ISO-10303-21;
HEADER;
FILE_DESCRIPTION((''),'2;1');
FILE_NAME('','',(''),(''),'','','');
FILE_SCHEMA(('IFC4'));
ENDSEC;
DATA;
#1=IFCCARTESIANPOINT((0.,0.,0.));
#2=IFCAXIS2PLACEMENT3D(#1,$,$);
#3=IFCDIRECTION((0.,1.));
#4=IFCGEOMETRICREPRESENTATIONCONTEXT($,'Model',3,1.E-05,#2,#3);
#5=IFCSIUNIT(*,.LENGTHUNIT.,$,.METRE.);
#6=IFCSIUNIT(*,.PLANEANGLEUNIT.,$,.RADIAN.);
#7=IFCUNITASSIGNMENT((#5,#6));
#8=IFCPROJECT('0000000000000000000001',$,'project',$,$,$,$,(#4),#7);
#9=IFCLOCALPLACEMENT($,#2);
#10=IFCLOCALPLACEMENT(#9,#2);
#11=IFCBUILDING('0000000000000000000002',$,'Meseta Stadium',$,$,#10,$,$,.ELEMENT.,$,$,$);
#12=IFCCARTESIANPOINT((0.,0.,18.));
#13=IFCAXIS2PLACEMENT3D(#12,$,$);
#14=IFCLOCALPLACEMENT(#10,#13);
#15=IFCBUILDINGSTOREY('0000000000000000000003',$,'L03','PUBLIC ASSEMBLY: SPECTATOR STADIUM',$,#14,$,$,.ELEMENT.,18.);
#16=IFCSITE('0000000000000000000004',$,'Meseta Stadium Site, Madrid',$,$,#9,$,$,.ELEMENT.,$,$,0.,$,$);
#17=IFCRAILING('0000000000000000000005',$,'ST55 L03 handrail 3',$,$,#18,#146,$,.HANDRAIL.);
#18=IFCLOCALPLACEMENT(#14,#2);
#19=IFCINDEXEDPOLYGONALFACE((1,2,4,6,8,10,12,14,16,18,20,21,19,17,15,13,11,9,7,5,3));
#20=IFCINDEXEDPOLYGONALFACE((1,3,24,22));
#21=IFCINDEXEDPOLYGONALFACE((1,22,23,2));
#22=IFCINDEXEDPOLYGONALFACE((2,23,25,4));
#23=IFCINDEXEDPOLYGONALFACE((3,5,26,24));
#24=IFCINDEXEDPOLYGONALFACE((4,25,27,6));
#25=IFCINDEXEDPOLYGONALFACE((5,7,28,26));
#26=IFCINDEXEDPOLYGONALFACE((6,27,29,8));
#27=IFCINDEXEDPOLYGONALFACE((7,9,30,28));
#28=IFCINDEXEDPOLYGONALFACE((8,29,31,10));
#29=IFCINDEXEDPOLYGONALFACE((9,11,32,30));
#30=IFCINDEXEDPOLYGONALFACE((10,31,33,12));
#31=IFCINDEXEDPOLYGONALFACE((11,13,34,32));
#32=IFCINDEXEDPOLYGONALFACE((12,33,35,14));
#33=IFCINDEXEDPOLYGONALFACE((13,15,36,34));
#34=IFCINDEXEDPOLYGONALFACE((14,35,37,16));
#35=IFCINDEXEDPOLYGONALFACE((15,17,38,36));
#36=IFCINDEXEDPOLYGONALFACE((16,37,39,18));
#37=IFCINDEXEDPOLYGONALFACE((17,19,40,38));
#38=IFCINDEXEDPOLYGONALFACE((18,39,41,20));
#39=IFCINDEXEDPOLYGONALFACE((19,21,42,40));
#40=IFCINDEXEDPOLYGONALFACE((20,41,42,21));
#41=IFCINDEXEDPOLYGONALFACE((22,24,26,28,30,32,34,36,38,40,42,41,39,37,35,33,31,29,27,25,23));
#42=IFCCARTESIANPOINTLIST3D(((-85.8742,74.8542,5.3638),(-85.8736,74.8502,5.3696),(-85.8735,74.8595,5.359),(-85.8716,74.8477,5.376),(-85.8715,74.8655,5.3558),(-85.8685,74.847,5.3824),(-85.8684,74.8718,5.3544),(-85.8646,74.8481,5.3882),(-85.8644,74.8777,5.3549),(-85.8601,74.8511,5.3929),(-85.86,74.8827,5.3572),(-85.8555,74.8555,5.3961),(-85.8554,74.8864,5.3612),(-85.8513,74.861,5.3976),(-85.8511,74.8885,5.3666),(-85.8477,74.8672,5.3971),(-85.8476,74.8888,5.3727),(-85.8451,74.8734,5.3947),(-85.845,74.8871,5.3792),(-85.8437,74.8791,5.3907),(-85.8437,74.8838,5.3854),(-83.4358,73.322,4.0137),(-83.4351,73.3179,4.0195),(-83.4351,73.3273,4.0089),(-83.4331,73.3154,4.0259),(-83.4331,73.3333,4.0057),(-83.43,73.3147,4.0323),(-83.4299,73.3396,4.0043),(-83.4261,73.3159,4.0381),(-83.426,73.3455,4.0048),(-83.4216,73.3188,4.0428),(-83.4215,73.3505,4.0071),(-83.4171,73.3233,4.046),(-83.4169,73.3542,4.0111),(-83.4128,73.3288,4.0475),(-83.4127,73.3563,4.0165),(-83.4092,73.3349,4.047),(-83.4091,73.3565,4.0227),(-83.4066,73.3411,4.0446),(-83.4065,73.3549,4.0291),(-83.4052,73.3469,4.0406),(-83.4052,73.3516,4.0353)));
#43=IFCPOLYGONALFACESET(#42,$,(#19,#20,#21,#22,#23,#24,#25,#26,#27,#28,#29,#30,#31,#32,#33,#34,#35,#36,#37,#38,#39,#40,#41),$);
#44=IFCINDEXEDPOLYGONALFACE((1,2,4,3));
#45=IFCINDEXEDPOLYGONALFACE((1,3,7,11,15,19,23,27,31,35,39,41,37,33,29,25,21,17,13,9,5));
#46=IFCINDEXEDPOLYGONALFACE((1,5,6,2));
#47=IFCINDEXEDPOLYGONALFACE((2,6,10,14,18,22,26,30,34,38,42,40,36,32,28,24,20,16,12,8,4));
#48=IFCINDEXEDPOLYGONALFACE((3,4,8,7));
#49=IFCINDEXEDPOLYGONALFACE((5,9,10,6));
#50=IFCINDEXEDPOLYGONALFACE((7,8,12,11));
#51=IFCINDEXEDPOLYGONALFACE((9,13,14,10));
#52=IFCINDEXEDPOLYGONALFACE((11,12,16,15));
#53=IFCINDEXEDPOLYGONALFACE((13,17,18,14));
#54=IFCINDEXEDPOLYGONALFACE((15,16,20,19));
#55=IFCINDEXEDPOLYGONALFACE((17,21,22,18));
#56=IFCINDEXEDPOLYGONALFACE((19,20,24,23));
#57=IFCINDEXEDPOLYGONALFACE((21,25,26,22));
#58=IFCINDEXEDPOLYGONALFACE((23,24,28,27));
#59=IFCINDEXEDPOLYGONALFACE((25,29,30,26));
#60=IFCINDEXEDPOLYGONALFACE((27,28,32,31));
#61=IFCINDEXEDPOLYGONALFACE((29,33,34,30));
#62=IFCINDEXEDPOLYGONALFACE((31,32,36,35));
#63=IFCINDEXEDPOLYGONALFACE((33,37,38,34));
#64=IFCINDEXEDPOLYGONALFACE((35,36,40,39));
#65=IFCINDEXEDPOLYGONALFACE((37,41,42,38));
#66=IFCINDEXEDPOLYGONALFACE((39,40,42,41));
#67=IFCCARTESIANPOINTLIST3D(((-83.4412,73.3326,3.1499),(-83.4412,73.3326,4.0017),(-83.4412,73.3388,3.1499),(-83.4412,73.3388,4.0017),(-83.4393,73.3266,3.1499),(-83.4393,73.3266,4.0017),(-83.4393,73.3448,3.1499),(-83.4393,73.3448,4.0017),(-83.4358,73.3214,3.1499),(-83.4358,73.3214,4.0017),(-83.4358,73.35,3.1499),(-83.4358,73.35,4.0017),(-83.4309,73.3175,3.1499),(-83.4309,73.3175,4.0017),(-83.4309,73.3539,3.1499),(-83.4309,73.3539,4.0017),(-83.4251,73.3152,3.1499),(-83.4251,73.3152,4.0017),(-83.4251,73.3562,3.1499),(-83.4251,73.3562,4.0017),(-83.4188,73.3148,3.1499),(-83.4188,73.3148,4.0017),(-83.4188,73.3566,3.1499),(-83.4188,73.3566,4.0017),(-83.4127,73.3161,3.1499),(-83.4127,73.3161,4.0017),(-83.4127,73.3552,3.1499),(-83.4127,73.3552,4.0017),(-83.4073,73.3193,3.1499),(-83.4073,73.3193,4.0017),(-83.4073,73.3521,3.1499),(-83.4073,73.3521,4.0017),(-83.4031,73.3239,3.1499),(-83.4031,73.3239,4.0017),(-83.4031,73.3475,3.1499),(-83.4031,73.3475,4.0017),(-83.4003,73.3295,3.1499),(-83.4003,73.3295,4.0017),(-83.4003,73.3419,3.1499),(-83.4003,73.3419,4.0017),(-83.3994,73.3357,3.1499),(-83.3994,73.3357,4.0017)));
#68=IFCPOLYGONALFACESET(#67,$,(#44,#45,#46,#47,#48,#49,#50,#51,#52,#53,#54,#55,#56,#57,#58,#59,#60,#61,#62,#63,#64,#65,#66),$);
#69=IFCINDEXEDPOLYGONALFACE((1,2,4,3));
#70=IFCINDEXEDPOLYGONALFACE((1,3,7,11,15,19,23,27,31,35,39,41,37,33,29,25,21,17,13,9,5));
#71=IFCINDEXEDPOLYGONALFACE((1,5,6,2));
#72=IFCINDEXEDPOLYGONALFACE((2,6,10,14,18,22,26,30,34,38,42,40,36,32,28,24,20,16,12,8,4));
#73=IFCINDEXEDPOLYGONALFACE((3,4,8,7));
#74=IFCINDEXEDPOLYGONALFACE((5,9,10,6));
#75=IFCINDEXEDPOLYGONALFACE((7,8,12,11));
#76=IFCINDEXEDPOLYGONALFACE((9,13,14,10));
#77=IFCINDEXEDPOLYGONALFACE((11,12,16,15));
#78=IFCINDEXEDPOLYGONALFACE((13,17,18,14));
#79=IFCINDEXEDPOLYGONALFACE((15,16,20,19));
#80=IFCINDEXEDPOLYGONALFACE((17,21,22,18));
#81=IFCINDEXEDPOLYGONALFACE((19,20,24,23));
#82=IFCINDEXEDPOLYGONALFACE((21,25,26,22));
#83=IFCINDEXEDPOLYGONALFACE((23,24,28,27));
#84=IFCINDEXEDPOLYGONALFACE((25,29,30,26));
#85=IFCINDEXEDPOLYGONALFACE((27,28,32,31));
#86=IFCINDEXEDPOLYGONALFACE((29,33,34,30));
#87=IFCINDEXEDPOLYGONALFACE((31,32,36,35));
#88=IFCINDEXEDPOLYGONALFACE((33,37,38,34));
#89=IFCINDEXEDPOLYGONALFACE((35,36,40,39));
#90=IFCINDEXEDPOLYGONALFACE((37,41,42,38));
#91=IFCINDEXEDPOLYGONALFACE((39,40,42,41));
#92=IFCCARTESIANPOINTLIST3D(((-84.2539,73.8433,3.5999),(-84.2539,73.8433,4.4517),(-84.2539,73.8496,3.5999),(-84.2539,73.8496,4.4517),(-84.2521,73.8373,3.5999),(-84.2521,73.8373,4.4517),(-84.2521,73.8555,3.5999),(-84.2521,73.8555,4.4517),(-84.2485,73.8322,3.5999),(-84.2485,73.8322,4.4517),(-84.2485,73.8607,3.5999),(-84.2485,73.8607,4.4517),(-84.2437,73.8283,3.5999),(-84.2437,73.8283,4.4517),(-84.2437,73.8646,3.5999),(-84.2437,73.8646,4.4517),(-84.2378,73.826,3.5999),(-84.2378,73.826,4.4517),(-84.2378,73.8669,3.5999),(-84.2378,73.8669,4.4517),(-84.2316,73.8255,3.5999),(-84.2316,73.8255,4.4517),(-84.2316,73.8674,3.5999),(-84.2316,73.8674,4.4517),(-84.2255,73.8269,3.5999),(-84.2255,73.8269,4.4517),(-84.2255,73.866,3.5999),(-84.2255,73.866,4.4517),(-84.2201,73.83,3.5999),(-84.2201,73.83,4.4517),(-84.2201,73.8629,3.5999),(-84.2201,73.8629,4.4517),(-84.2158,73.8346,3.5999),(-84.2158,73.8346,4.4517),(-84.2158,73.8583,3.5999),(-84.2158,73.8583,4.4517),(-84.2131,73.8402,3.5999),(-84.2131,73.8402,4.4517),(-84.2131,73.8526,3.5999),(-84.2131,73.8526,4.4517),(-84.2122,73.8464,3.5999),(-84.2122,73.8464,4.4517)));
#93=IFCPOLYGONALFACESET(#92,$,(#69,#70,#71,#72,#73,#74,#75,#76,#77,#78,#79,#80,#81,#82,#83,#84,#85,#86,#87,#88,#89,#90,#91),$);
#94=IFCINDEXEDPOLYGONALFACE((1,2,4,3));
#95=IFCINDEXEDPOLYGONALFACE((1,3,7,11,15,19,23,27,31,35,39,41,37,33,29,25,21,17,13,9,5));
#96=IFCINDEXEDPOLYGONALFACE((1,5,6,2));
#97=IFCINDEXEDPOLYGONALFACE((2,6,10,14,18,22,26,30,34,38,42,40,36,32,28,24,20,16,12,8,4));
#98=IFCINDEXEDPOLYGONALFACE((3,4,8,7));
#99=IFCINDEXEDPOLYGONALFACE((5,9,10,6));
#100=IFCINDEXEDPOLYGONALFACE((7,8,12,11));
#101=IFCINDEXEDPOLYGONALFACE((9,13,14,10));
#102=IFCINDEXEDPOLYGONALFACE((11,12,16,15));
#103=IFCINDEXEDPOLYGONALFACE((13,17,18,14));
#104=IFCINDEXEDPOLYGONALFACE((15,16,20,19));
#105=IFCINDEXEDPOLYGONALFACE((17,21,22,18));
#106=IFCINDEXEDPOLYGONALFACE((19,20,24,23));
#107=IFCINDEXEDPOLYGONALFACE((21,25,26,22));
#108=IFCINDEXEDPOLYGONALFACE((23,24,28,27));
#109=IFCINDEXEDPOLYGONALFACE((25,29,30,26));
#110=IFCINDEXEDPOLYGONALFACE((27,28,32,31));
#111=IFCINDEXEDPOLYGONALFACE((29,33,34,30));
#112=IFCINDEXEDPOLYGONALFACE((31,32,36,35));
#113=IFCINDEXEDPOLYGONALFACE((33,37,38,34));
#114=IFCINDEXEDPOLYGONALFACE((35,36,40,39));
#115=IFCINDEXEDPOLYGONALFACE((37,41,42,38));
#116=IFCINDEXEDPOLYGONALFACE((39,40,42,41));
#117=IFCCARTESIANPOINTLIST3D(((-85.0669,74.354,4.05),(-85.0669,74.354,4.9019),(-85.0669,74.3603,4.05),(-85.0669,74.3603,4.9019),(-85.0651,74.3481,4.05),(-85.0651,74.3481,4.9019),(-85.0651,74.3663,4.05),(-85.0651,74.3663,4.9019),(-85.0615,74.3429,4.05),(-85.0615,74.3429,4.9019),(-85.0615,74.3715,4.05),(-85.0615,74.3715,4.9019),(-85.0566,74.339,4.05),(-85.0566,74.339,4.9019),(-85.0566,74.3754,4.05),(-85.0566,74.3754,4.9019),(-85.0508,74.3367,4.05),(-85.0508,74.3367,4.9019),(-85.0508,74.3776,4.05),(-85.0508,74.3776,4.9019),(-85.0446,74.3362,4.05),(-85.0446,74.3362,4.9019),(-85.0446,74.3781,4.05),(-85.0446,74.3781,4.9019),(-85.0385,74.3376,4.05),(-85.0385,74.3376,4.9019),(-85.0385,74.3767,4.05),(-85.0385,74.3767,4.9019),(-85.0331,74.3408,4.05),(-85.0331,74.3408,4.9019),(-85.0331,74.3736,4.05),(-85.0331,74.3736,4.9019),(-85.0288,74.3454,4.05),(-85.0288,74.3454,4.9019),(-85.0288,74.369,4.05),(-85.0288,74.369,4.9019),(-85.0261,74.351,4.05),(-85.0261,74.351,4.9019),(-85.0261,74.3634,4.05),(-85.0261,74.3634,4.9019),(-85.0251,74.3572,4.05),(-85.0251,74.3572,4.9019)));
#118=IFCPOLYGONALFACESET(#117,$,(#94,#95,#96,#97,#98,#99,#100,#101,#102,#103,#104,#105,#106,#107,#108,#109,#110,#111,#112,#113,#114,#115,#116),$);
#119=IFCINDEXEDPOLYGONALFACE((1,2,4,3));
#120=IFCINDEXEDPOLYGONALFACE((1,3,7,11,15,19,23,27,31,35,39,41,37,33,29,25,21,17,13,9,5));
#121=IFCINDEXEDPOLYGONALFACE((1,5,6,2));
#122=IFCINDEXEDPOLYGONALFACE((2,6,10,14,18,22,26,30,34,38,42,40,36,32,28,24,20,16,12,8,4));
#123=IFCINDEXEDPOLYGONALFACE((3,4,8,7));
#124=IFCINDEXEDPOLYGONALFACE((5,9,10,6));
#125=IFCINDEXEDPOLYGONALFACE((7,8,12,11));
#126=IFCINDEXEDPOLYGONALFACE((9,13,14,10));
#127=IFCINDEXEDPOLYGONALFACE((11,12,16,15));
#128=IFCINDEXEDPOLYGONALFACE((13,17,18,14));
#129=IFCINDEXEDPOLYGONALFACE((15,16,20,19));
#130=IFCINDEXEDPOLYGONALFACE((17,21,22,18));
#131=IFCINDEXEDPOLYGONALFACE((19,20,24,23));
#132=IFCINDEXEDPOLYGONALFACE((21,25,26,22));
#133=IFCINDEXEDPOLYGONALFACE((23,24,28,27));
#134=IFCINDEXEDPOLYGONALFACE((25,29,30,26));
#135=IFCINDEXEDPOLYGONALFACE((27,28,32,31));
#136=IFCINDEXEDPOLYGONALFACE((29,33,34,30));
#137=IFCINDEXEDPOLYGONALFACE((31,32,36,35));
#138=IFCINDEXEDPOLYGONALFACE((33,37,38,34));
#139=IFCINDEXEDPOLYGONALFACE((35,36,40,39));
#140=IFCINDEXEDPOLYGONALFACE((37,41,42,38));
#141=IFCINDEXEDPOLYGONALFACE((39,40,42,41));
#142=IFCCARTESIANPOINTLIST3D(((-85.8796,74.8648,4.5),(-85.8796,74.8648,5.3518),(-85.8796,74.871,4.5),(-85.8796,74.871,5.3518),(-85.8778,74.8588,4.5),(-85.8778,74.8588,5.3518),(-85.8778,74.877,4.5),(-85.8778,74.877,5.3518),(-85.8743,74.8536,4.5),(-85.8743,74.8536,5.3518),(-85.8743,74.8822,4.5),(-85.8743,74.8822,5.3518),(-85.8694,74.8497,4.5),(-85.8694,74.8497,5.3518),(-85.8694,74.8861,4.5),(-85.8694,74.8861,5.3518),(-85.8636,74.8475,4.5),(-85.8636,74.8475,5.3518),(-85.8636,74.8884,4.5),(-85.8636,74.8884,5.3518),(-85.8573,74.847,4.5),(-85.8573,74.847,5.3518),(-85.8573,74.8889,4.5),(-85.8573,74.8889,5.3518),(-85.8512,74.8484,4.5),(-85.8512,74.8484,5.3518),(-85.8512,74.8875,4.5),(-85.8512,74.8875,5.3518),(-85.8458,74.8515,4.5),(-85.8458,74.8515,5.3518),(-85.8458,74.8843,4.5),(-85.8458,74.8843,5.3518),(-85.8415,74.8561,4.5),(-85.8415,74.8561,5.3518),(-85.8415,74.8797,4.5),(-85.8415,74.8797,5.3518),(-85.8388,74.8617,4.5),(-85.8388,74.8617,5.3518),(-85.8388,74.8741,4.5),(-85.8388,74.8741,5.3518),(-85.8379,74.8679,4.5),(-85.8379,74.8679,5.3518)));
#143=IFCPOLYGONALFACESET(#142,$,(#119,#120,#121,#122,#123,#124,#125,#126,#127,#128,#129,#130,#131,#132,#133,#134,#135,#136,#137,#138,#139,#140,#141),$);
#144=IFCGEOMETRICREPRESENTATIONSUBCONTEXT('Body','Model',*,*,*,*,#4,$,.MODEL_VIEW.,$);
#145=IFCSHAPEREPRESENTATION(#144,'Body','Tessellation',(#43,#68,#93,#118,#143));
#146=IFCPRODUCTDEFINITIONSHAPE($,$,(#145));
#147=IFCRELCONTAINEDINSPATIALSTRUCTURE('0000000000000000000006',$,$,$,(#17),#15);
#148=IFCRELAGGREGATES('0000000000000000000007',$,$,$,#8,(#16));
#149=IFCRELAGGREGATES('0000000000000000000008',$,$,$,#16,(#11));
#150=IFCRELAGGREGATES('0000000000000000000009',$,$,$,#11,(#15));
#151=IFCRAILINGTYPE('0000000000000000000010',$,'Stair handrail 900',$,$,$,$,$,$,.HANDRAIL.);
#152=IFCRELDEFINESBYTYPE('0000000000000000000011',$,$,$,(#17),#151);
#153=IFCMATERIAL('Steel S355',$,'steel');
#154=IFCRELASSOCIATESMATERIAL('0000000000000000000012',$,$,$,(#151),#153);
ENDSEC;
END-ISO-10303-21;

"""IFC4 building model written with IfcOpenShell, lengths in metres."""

from ifc_helpers import new_model, si_unit, direction, frame, origin, origin_2d, place, context, subcontext, project, spatial, circle, extrude, material, type_object, element, save


model = new_model("IFC4")

# Units and contexts
model_context = context("Model", 3, precision=1e-05, world=origin(), true_north=direction((0.0, 1.0)))
body_context = subcontext(model_context, "Body", "Model", "MODEL_VIEW")
ifc_project = project(units=[si_unit("LENGTHUNIT", "METRE"), si_unit("PLANEANGLEUNIT", "RADIAN")], contexts=[model_context])

# Site, building, storey
site_placement = place(None, origin())
site = spatial("IfcSite", under=ifc_project, at=site_placement, Name="Meseta Stadium Site, Madrid", CompositionType="ELEMENT", RefElevation=0.0)
building_placement = place(site_placement, origin())
building = spatial("IfcBuilding", under=site, at=building_placement, Name="Meseta Stadium", CompositionType="ELEMENT")
storey_placement = place(building_placement, frame((0.0, 0.0, 18.0)))
storey = spatial("IfcBuildingStorey", under=building, at=storey_placement, Name="L03", Description="PUBLIC ASSEMBLY: SPECTATOR STADIUM", CompositionType="ELEMENT", Elevation=18.0)

# Railing
ifc_material_1 = material(Name="Steel S355", Category="steel")
railing_type_1 = type_object("IfcRailingType", Name="Stair handrail 900", PredefinedType="HANDRAIL", material=ifc_material_1)
for number, where, name in (
    (1, (-83.4204, 73.3357, 3.1499), "ST55 L03 handrail 3"),
):
    element("IfcRailing", number, at=place(storey_placement, frame(where)), inside=storey, type_object=railing_type_1, Name=name, PredefinedType="HANDRAIL", context=body_context, shape_type="SweptSolid", body=[
        extrude(circle(Radius=0.0239, at=origin_2d()), frame((0.0, 0.0, 0.876), z_axis=(-0.766655, 0.481731, 0.42447), x_axis=(-0.53204, -0.846719, 0.0)), (0.0, 0.0, 1.0), 3.1807),
        extrude(circle(Radius=0.021, at=origin_2d()), origin(), (0.0, 0.0, 1.0), 0.8518),
        extrude(circle(Radius=0.021, at=origin_2d()), frame((-0.8127, 0.5107, 0.45)), (0.0, 0.0, 1.0), 0.8518),
        extrude(circle(Radius=0.021, at=origin_2d()), frame((-1.6257, 1.0215, 0.9001)), (0.0, 0.0, 1.0), 0.8518),
        extrude(circle(Radius=0.021, at=origin_2d()), frame((-2.4385, 1.5322, 1.3501)), (0.0, 0.0, 1.0), 0.8518),
    ])

save(model, "model.ifc")
